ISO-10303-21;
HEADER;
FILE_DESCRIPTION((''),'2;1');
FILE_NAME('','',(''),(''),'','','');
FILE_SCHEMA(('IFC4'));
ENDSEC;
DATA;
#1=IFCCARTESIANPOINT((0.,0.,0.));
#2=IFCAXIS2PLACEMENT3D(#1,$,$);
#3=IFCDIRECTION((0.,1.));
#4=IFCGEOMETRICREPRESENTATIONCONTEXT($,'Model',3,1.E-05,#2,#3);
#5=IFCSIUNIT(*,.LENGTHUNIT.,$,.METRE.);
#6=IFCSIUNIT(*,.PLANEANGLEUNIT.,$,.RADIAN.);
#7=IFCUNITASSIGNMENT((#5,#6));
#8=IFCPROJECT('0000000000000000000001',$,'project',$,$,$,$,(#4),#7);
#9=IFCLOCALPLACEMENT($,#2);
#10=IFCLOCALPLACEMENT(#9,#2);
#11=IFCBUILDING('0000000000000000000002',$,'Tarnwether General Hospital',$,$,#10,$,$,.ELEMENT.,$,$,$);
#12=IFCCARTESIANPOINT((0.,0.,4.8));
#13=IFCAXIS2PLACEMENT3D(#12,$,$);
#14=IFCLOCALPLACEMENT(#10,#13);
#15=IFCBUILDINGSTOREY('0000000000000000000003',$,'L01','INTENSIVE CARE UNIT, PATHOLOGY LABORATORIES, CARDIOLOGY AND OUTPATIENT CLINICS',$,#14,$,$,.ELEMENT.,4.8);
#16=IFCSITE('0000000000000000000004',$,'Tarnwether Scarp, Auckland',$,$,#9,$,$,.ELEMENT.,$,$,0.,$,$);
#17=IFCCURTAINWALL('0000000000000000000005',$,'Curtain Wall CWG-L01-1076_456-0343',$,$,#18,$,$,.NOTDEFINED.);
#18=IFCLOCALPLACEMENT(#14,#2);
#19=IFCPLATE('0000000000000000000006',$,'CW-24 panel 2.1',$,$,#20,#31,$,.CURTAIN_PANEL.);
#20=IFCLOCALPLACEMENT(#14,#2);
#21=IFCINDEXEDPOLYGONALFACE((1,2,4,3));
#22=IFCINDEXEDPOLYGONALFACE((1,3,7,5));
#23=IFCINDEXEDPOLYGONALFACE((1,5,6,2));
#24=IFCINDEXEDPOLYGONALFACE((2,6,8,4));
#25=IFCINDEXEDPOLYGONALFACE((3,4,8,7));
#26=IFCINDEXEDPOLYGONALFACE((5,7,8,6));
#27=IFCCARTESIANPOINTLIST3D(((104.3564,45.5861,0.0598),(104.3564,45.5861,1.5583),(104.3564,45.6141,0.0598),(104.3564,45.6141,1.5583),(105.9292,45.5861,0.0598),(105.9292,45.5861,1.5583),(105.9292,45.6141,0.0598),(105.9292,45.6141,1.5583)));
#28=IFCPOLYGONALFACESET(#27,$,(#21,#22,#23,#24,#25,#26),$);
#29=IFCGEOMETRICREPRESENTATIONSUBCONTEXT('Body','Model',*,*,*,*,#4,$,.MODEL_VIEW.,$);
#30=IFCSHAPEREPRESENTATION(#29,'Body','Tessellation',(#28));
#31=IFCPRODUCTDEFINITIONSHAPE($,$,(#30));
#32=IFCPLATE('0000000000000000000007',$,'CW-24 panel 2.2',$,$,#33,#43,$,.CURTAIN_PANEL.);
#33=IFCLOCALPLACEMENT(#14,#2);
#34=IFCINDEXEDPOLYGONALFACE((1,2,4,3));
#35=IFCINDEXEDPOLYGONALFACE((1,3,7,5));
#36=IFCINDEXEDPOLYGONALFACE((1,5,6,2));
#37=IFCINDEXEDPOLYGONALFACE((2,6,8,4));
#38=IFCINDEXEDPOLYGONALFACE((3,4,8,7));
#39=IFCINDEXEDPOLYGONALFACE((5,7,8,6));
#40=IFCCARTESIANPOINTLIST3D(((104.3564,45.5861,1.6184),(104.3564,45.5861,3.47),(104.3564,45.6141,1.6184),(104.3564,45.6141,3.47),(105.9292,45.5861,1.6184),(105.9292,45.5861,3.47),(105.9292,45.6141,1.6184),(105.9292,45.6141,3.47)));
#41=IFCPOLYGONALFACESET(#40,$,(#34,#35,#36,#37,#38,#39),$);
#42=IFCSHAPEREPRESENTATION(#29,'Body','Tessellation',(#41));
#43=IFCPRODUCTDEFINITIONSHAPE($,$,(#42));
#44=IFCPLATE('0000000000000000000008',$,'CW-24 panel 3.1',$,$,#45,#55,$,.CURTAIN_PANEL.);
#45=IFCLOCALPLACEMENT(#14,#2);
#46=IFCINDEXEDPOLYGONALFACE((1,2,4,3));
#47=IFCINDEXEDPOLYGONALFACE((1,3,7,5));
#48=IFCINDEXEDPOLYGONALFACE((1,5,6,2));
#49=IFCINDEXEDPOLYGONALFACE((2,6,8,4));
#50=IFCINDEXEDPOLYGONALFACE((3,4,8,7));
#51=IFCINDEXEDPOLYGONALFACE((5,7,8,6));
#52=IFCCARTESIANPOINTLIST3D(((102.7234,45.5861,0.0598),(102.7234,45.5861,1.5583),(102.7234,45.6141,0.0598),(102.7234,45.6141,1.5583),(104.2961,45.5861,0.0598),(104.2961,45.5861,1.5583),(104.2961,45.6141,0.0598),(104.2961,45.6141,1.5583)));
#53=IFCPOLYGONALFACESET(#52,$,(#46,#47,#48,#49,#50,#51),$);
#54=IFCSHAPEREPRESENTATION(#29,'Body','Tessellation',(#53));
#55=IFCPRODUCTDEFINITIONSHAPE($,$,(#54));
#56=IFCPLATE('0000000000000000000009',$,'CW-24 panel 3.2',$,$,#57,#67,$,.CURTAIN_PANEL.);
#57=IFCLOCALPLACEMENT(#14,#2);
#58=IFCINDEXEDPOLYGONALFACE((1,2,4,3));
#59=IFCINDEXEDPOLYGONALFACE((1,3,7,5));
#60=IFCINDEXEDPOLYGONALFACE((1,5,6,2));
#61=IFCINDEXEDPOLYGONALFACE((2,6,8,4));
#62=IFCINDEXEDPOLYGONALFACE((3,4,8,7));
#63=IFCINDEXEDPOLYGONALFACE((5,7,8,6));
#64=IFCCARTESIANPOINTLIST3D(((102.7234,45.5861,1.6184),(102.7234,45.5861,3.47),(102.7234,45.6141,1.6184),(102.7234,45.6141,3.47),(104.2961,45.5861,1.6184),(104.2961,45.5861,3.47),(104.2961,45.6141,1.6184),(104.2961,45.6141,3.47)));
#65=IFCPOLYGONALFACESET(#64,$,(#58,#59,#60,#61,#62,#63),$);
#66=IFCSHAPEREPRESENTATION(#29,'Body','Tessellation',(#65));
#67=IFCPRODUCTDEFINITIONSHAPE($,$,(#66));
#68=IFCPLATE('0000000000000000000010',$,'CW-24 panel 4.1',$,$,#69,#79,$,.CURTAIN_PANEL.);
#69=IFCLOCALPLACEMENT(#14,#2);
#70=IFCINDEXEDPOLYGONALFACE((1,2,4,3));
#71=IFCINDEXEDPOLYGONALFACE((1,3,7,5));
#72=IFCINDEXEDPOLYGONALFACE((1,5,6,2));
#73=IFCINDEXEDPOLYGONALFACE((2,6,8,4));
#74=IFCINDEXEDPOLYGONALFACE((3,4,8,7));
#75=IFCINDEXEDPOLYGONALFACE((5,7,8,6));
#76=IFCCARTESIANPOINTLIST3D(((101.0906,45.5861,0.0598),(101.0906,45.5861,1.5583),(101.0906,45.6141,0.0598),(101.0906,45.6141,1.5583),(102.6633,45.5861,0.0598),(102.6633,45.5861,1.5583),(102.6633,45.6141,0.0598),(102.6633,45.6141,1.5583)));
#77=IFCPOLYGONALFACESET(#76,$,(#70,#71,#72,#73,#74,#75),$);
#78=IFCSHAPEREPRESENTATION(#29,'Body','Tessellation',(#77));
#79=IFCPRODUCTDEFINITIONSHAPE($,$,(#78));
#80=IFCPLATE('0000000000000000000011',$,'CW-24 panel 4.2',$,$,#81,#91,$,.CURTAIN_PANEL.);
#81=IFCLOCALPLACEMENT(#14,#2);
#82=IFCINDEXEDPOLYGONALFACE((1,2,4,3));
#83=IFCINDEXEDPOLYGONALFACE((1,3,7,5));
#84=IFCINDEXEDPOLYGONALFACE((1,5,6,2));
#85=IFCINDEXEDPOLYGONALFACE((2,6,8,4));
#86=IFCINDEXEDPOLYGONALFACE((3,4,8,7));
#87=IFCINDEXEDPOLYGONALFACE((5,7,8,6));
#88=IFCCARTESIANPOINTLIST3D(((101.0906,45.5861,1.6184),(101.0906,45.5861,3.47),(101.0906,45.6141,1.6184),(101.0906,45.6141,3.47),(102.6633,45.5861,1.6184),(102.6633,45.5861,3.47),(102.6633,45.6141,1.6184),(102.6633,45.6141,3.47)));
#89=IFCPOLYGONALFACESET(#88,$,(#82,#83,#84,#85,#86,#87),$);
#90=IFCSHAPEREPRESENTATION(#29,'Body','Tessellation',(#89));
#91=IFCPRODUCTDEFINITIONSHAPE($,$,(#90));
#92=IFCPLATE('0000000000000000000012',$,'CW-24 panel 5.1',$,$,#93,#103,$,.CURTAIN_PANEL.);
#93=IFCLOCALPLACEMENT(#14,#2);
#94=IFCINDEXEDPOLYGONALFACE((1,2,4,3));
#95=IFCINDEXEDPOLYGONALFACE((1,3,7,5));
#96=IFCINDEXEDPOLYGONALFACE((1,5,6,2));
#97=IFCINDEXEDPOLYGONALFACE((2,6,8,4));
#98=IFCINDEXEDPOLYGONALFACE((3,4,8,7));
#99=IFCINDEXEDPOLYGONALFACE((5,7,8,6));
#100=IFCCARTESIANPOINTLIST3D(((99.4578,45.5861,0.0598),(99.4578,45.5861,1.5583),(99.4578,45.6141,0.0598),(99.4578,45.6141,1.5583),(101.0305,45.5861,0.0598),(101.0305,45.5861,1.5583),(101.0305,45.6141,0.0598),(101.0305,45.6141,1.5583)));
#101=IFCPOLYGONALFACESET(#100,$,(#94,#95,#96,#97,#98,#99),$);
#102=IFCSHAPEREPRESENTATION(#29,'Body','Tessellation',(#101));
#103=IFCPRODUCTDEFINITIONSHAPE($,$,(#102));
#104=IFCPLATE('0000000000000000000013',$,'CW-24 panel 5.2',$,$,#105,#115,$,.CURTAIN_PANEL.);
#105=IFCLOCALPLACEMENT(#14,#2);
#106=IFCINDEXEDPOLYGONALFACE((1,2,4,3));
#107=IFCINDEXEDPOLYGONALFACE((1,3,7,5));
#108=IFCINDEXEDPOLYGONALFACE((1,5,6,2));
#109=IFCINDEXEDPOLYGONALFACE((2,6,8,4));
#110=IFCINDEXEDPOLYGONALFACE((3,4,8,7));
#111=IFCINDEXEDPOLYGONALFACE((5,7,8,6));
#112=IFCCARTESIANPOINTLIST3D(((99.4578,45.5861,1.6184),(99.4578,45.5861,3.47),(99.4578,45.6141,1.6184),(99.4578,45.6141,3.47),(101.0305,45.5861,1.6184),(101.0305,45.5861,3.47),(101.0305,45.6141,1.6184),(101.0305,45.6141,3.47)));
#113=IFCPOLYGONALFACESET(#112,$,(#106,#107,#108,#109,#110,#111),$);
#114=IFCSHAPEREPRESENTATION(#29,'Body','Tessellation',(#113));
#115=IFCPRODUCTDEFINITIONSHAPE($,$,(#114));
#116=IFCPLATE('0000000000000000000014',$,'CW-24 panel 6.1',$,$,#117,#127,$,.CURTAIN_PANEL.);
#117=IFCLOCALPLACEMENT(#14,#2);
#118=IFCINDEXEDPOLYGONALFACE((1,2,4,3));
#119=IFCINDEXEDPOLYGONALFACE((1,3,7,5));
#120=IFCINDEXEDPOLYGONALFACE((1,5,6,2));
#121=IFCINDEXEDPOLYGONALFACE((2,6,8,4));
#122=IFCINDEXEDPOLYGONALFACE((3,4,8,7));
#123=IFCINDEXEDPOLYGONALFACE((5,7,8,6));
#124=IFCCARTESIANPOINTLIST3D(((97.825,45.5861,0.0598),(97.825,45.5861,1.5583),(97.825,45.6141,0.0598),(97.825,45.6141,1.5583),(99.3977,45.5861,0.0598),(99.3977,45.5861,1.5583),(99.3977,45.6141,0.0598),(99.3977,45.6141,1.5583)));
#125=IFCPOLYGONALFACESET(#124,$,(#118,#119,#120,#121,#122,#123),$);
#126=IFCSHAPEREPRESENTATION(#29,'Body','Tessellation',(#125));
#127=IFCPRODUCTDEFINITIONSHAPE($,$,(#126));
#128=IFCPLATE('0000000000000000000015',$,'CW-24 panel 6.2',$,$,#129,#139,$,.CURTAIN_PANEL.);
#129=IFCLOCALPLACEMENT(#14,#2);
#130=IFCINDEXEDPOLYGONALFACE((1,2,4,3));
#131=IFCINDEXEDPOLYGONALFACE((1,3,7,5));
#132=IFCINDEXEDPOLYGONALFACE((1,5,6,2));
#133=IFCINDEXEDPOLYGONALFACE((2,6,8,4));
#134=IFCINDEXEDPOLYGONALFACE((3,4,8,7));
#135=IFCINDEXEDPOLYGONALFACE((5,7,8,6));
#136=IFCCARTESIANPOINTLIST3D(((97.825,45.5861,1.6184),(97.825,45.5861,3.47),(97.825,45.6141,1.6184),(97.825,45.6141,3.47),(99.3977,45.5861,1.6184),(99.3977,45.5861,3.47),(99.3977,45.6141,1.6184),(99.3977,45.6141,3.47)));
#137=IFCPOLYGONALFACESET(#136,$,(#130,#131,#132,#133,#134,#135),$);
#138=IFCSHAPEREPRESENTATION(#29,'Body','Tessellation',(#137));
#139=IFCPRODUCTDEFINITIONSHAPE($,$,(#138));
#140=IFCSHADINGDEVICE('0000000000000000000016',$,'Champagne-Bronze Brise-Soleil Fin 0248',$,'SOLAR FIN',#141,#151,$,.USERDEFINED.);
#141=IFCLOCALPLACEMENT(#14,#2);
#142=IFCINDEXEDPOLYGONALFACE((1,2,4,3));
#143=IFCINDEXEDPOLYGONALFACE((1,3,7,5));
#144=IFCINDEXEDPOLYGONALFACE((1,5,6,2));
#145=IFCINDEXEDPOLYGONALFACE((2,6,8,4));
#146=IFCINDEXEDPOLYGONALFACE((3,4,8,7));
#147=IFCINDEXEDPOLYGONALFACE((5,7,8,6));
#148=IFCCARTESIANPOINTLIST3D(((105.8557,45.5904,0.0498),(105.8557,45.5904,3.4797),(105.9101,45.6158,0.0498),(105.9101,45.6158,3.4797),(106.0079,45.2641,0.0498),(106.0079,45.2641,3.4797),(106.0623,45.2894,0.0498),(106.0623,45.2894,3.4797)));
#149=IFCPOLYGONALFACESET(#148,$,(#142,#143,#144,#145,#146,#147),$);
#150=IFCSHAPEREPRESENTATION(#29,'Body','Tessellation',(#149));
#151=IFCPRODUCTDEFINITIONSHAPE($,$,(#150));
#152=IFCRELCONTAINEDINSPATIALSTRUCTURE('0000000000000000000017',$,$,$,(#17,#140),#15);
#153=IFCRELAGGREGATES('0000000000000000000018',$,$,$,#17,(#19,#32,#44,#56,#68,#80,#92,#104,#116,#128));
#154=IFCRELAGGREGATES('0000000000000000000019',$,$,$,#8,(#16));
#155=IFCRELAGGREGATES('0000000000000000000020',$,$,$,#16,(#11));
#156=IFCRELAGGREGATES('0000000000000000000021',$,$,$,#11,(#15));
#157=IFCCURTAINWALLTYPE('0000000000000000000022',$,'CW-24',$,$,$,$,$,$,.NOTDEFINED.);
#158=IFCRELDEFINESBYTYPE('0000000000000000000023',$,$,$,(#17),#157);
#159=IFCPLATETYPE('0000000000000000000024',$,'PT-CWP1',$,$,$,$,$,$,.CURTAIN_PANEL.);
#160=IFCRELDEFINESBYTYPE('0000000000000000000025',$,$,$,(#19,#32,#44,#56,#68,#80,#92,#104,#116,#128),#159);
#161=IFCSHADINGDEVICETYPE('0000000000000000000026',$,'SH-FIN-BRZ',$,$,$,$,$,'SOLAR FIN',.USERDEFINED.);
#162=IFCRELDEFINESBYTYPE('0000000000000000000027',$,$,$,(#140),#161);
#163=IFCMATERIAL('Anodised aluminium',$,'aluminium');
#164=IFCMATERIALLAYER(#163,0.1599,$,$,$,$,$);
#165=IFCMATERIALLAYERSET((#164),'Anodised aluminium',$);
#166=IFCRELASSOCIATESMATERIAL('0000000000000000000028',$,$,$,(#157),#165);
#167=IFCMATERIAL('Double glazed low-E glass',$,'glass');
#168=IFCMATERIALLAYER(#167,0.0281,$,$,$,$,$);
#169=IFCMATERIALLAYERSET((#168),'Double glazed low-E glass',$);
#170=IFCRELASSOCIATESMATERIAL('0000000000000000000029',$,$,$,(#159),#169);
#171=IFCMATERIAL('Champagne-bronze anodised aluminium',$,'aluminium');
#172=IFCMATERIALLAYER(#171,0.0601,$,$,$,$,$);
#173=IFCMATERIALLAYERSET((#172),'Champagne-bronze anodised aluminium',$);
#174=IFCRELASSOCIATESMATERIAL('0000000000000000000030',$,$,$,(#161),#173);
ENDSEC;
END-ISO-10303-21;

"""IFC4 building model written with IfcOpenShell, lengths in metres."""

from ifc_helpers import new_model, si_unit, direction, frame, origin, origin_2d, place, context, subcontext, project, spatial, rectangle, extrude, material, layer, layer_set, type_object, element, aggregate, save


model = new_model("IFC4")

# Units and contexts
model_context = context("Model", 3, precision=1e-05, world=origin(), true_north=direction((0.0, 1.0)))
body_context = subcontext(model_context, "Body", "Model", "MODEL_VIEW")
ifc_project = project(units=[si_unit("LENGTHUNIT", "METRE"), si_unit("PLANEANGLEUNIT", "RADIAN")], contexts=[model_context])

# Site, building, storey
site_placement = place(None, origin())
site = spatial("IfcSite", under=ifc_project, at=site_placement, Name="Tarnwether Scarp, Auckland", CompositionType="ELEMENT", RefElevation=0.0)
building_placement = place(site_placement, origin())
building = spatial("IfcBuilding", under=site, at=building_placement, Name="Tarnwether General Hospital", CompositionType="ELEMENT")
storey_placement = place(building_placement, frame((0.0, 0.0, 4.8)))
storey = spatial("IfcBuildingStorey", under=building, at=storey_placement, Name="L01", Description="INTENSIVE CARE UNIT, PATHOLOGY LABORATORIES, CARDIOLOGY AND OUTPATIENT CLINICS", CompositionType="ELEMENT", Elevation=4.8)

# Curtain wall, plates
ifc_material_1 = material(Name="Anodised aluminium", Category="aluminium")
ifc_layer_1 = layer(ifc_material_1, 0.1599)
ifc_layer_set_1 = layer_set([ifc_layer_1], Name="Anodised aluminium")
curtain_wall_type = type_object("IfcCurtainWallType", Name="CW-24", PredefinedType="NOTDEFINED", material=ifc_layer_set_1)
curtain_wall_placement = place(storey_placement, origin())
curtain_wall = element("IfcCurtainWall", 1, at=curtain_wall_placement, inside=storey, type_object=curtain_wall_type, Name="Curtain Wall CWG-L01-1076_456-0343", PredefinedType="NOTDEFINED")
ifc_material_2 = material(Name="Double glazed low-E glass", Category="glass")
ifc_layer_2 = layer(ifc_material_2, 0.0281)
ifc_layer_set_2 = layer_set([ifc_layer_2], Name="Double glazed low-E glass")
plate_type = type_object("IfcPlateType", Name="PT-CWP1", PredefinedType="CURTAIN_PANEL", material=ifc_layer_set_2)
plate_1_placement = place(storey_placement, frame((105.1428, 45.6001, 0.0598), z_axis=(0.0, 0.0, 1.0), x_axis=(-1.0, 0.0, 0.0)))
plate_1 = element("IfcPlate", 2, at=plate_1_placement, type_object=plate_type, Name="CW-24 panel 2.1", PredefinedType="CURTAIN_PANEL", context=body_context, shape_type="SweptSolid", body=[
    extrude(rectangle(XDim=1.5728, YDim=0.0281, at=origin_2d()), origin(), (0.0, 0.0, 1.0), 1.4985),
])
plate_2_placement = place(storey_placement, frame((105.1428, 45.6001, 1.6184), z_axis=(0.0, 0.0, 1.0), x_axis=(-1.0, 0.0, 0.0)))
plate_2 = element("IfcPlate", 3, at=plate_2_placement, type_object=plate_type, Name="CW-24 panel 2.2", PredefinedType="CURTAIN_PANEL", context=body_context, shape_type="SweptSolid", body=[
    extrude(rectangle(XDim=1.5728, YDim=0.0281, at=origin_2d()), origin(), (0.0, 0.0, 1.0), 1.8516),
])
plate_3_placement = place(storey_placement, frame((103.5098, 45.6001, 0.0598), z_axis=(0.0, 0.0, 1.0), x_axis=(-1.0, 0.0, 0.0)))
plate_3 = element("IfcPlate", 4, at=plate_3_placement, type_object=plate_type, Name="CW-24 panel 3.1", PredefinedType="CURTAIN_PANEL", context=body_context, shape_type="SweptSolid", body=[
    extrude(rectangle(XDim=1.5728, YDim=0.0281, at=origin_2d()), origin(), (0.0, 0.0, 1.0), 1.4985),
])
plate_4_placement = place(storey_placement, frame((103.5098, 45.6001, 1.6184), z_axis=(0.0, 0.0, 1.0), x_axis=(-1.0, 0.0, 0.0)))
plate_4 = element("IfcPlate", 5, at=plate_4_placement, type_object=plate_type, Name="CW-24 panel 3.2", PredefinedType="CURTAIN_PANEL", context=body_context, shape_type="SweptSolid", body=[
    extrude(rectangle(XDim=1.5728, YDim=0.0281, at=origin_2d()), origin(), (0.0, 0.0, 1.0), 1.8516),
])
plate_5_placement = place(storey_placement, frame((101.877, 45.6001, 0.0598), z_axis=(0.0, 0.0, 1.0), x_axis=(-1.0, 0.0, 0.0)))
plate_5 = element("IfcPlate", 6, at=plate_5_placement, type_object=plate_type, Name="CW-24 panel 4.1", PredefinedType="CURTAIN_PANEL", context=body_context, shape_type="SweptSolid", body=[
    extrude(rectangle(XDim=1.5728, YDim=0.0281, at=origin_2d()), origin(), (0.0, 0.0, 1.0), 1.4985),
])
plate_6_placement = place(storey_placement, frame((101.877, 45.6001, 1.6184), z_axis=(0.0, 0.0, 1.0), x_axis=(-1.0, 0.0, 0.0)))
plate_6 = element("IfcPlate", 7, at=plate_6_placement, type_object=plate_type, Name="CW-24 panel 4.2", PredefinedType="CURTAIN_PANEL", context=body_context, shape_type="SweptSolid", body=[
    extrude(rectangle(XDim=1.5728, YDim=0.0281, at=origin_2d()), origin(), (0.0, 0.0, 1.0), 1.8516),
])
plate_7_placement = place(storey_placement, frame((100.2441, 45.6001, 0.0598), z_axis=(0.0, 0.0, 1.0), x_axis=(-1.0, 0.0, 0.0)))
plate_7 = element("IfcPlate", 8, at=plate_7_placement, type_object=plate_type, Name="CW-24 panel 5.1", PredefinedType="CURTAIN_PANEL", context=body_context, shape_type="SweptSolid", body=[
    extrude(rectangle(XDim=1.5728, YDim=0.0281, at=origin_2d()), origin(), (0.0, 0.0, 1.0), 1.4985),
])
plate_8_placement = place(storey_placement, frame((100.2441, 45.6001, 1.6184), z_axis=(0.0, 0.0, 1.0), x_axis=(-1.0, 0.0, 0.0)))
plate_8 = element("IfcPlate", 9, at=plate_8_placement, type_object=plate_type, Name="CW-24 panel 5.2", PredefinedType="CURTAIN_PANEL", context=body_context, shape_type="SweptSolid", body=[
    extrude(rectangle(XDim=1.5728, YDim=0.0281, at=origin_2d()), origin(), (0.0, 0.0, 1.0), 1.8516),
])
plate_9_placement = place(storey_placement, frame((98.6113, 45.6001, 0.0598), z_axis=(0.0, 0.0, 1.0), x_axis=(-1.0, 0.0, 0.0)))
plate_9 = element("IfcPlate", 10, at=plate_9_placement, type_object=plate_type, Name="CW-24 panel 6.1", PredefinedType="CURTAIN_PANEL", context=body_context, shape_type="SweptSolid", body=[
    extrude(rectangle(XDim=1.5728, YDim=0.0281, at=origin_2d()), origin(), (0.0, 0.0, 1.0), 1.4985),
])
plate_10_placement = place(storey_placement, frame((98.6113, 45.6001, 1.6184), z_axis=(0.0, 0.0, 1.0), x_axis=(-1.0, 0.0, 0.0)))
plate_10 = element("IfcPlate", 11, at=plate_10_placement, type_object=plate_type, Name="CW-24 panel 6.2", PredefinedType="CURTAIN_PANEL", context=body_context, shape_type="SweptSolid", body=[
    extrude(rectangle(XDim=1.5728, YDim=0.0281, at=origin_2d()), origin(), (0.0, 0.0, 1.0), 1.8516),
])
aggregate(curtain_wall, [plate_1, plate_2, plate_3, plate_4, plate_5, plate_6, plate_7, plate_8, plate_9, plate_10])

# Shading device
ifc_material_3 = material(Name="Champagne-bronze anodised aluminium", Category="aluminium")
ifc_layer_3 = layer(ifc_material_3, 0.0601)
ifc_layer_set_3 = layer_set([ifc_layer_3], Name="Champagne-bronze anodised aluminium")
shading_device_type = type_object("IfcShadingDeviceType", Name="SH-FIN-BRZ", ElementType="SOLAR FIN", PredefinedType="USERDEFINED", material=ifc_layer_set_3)
shading_device_placement = place(storey_placement, frame((105.959, 45.4399, 0.0498), z_axis=(0.0, 0.0, 1.0), x_axis=(-0.906308, -0.422618, 0.0)))
element("IfcShadingDevice", 12, at=shading_device_placement, inside=storey, type_object=shading_device_type, Name="Champagne-Bronze Brise-Soleil Fin 0248", ObjectType="SOLAR FIN", PredefinedType="USERDEFINED", context=body_context, shape_type="SweptSolid", body=[
    extrude(rectangle(XDim=0.0601, YDim=0.3601, at=origin_2d()), origin(), (0.0, 0.0, 1.0), 3.4299),
])

save(model, "model.ifc")
